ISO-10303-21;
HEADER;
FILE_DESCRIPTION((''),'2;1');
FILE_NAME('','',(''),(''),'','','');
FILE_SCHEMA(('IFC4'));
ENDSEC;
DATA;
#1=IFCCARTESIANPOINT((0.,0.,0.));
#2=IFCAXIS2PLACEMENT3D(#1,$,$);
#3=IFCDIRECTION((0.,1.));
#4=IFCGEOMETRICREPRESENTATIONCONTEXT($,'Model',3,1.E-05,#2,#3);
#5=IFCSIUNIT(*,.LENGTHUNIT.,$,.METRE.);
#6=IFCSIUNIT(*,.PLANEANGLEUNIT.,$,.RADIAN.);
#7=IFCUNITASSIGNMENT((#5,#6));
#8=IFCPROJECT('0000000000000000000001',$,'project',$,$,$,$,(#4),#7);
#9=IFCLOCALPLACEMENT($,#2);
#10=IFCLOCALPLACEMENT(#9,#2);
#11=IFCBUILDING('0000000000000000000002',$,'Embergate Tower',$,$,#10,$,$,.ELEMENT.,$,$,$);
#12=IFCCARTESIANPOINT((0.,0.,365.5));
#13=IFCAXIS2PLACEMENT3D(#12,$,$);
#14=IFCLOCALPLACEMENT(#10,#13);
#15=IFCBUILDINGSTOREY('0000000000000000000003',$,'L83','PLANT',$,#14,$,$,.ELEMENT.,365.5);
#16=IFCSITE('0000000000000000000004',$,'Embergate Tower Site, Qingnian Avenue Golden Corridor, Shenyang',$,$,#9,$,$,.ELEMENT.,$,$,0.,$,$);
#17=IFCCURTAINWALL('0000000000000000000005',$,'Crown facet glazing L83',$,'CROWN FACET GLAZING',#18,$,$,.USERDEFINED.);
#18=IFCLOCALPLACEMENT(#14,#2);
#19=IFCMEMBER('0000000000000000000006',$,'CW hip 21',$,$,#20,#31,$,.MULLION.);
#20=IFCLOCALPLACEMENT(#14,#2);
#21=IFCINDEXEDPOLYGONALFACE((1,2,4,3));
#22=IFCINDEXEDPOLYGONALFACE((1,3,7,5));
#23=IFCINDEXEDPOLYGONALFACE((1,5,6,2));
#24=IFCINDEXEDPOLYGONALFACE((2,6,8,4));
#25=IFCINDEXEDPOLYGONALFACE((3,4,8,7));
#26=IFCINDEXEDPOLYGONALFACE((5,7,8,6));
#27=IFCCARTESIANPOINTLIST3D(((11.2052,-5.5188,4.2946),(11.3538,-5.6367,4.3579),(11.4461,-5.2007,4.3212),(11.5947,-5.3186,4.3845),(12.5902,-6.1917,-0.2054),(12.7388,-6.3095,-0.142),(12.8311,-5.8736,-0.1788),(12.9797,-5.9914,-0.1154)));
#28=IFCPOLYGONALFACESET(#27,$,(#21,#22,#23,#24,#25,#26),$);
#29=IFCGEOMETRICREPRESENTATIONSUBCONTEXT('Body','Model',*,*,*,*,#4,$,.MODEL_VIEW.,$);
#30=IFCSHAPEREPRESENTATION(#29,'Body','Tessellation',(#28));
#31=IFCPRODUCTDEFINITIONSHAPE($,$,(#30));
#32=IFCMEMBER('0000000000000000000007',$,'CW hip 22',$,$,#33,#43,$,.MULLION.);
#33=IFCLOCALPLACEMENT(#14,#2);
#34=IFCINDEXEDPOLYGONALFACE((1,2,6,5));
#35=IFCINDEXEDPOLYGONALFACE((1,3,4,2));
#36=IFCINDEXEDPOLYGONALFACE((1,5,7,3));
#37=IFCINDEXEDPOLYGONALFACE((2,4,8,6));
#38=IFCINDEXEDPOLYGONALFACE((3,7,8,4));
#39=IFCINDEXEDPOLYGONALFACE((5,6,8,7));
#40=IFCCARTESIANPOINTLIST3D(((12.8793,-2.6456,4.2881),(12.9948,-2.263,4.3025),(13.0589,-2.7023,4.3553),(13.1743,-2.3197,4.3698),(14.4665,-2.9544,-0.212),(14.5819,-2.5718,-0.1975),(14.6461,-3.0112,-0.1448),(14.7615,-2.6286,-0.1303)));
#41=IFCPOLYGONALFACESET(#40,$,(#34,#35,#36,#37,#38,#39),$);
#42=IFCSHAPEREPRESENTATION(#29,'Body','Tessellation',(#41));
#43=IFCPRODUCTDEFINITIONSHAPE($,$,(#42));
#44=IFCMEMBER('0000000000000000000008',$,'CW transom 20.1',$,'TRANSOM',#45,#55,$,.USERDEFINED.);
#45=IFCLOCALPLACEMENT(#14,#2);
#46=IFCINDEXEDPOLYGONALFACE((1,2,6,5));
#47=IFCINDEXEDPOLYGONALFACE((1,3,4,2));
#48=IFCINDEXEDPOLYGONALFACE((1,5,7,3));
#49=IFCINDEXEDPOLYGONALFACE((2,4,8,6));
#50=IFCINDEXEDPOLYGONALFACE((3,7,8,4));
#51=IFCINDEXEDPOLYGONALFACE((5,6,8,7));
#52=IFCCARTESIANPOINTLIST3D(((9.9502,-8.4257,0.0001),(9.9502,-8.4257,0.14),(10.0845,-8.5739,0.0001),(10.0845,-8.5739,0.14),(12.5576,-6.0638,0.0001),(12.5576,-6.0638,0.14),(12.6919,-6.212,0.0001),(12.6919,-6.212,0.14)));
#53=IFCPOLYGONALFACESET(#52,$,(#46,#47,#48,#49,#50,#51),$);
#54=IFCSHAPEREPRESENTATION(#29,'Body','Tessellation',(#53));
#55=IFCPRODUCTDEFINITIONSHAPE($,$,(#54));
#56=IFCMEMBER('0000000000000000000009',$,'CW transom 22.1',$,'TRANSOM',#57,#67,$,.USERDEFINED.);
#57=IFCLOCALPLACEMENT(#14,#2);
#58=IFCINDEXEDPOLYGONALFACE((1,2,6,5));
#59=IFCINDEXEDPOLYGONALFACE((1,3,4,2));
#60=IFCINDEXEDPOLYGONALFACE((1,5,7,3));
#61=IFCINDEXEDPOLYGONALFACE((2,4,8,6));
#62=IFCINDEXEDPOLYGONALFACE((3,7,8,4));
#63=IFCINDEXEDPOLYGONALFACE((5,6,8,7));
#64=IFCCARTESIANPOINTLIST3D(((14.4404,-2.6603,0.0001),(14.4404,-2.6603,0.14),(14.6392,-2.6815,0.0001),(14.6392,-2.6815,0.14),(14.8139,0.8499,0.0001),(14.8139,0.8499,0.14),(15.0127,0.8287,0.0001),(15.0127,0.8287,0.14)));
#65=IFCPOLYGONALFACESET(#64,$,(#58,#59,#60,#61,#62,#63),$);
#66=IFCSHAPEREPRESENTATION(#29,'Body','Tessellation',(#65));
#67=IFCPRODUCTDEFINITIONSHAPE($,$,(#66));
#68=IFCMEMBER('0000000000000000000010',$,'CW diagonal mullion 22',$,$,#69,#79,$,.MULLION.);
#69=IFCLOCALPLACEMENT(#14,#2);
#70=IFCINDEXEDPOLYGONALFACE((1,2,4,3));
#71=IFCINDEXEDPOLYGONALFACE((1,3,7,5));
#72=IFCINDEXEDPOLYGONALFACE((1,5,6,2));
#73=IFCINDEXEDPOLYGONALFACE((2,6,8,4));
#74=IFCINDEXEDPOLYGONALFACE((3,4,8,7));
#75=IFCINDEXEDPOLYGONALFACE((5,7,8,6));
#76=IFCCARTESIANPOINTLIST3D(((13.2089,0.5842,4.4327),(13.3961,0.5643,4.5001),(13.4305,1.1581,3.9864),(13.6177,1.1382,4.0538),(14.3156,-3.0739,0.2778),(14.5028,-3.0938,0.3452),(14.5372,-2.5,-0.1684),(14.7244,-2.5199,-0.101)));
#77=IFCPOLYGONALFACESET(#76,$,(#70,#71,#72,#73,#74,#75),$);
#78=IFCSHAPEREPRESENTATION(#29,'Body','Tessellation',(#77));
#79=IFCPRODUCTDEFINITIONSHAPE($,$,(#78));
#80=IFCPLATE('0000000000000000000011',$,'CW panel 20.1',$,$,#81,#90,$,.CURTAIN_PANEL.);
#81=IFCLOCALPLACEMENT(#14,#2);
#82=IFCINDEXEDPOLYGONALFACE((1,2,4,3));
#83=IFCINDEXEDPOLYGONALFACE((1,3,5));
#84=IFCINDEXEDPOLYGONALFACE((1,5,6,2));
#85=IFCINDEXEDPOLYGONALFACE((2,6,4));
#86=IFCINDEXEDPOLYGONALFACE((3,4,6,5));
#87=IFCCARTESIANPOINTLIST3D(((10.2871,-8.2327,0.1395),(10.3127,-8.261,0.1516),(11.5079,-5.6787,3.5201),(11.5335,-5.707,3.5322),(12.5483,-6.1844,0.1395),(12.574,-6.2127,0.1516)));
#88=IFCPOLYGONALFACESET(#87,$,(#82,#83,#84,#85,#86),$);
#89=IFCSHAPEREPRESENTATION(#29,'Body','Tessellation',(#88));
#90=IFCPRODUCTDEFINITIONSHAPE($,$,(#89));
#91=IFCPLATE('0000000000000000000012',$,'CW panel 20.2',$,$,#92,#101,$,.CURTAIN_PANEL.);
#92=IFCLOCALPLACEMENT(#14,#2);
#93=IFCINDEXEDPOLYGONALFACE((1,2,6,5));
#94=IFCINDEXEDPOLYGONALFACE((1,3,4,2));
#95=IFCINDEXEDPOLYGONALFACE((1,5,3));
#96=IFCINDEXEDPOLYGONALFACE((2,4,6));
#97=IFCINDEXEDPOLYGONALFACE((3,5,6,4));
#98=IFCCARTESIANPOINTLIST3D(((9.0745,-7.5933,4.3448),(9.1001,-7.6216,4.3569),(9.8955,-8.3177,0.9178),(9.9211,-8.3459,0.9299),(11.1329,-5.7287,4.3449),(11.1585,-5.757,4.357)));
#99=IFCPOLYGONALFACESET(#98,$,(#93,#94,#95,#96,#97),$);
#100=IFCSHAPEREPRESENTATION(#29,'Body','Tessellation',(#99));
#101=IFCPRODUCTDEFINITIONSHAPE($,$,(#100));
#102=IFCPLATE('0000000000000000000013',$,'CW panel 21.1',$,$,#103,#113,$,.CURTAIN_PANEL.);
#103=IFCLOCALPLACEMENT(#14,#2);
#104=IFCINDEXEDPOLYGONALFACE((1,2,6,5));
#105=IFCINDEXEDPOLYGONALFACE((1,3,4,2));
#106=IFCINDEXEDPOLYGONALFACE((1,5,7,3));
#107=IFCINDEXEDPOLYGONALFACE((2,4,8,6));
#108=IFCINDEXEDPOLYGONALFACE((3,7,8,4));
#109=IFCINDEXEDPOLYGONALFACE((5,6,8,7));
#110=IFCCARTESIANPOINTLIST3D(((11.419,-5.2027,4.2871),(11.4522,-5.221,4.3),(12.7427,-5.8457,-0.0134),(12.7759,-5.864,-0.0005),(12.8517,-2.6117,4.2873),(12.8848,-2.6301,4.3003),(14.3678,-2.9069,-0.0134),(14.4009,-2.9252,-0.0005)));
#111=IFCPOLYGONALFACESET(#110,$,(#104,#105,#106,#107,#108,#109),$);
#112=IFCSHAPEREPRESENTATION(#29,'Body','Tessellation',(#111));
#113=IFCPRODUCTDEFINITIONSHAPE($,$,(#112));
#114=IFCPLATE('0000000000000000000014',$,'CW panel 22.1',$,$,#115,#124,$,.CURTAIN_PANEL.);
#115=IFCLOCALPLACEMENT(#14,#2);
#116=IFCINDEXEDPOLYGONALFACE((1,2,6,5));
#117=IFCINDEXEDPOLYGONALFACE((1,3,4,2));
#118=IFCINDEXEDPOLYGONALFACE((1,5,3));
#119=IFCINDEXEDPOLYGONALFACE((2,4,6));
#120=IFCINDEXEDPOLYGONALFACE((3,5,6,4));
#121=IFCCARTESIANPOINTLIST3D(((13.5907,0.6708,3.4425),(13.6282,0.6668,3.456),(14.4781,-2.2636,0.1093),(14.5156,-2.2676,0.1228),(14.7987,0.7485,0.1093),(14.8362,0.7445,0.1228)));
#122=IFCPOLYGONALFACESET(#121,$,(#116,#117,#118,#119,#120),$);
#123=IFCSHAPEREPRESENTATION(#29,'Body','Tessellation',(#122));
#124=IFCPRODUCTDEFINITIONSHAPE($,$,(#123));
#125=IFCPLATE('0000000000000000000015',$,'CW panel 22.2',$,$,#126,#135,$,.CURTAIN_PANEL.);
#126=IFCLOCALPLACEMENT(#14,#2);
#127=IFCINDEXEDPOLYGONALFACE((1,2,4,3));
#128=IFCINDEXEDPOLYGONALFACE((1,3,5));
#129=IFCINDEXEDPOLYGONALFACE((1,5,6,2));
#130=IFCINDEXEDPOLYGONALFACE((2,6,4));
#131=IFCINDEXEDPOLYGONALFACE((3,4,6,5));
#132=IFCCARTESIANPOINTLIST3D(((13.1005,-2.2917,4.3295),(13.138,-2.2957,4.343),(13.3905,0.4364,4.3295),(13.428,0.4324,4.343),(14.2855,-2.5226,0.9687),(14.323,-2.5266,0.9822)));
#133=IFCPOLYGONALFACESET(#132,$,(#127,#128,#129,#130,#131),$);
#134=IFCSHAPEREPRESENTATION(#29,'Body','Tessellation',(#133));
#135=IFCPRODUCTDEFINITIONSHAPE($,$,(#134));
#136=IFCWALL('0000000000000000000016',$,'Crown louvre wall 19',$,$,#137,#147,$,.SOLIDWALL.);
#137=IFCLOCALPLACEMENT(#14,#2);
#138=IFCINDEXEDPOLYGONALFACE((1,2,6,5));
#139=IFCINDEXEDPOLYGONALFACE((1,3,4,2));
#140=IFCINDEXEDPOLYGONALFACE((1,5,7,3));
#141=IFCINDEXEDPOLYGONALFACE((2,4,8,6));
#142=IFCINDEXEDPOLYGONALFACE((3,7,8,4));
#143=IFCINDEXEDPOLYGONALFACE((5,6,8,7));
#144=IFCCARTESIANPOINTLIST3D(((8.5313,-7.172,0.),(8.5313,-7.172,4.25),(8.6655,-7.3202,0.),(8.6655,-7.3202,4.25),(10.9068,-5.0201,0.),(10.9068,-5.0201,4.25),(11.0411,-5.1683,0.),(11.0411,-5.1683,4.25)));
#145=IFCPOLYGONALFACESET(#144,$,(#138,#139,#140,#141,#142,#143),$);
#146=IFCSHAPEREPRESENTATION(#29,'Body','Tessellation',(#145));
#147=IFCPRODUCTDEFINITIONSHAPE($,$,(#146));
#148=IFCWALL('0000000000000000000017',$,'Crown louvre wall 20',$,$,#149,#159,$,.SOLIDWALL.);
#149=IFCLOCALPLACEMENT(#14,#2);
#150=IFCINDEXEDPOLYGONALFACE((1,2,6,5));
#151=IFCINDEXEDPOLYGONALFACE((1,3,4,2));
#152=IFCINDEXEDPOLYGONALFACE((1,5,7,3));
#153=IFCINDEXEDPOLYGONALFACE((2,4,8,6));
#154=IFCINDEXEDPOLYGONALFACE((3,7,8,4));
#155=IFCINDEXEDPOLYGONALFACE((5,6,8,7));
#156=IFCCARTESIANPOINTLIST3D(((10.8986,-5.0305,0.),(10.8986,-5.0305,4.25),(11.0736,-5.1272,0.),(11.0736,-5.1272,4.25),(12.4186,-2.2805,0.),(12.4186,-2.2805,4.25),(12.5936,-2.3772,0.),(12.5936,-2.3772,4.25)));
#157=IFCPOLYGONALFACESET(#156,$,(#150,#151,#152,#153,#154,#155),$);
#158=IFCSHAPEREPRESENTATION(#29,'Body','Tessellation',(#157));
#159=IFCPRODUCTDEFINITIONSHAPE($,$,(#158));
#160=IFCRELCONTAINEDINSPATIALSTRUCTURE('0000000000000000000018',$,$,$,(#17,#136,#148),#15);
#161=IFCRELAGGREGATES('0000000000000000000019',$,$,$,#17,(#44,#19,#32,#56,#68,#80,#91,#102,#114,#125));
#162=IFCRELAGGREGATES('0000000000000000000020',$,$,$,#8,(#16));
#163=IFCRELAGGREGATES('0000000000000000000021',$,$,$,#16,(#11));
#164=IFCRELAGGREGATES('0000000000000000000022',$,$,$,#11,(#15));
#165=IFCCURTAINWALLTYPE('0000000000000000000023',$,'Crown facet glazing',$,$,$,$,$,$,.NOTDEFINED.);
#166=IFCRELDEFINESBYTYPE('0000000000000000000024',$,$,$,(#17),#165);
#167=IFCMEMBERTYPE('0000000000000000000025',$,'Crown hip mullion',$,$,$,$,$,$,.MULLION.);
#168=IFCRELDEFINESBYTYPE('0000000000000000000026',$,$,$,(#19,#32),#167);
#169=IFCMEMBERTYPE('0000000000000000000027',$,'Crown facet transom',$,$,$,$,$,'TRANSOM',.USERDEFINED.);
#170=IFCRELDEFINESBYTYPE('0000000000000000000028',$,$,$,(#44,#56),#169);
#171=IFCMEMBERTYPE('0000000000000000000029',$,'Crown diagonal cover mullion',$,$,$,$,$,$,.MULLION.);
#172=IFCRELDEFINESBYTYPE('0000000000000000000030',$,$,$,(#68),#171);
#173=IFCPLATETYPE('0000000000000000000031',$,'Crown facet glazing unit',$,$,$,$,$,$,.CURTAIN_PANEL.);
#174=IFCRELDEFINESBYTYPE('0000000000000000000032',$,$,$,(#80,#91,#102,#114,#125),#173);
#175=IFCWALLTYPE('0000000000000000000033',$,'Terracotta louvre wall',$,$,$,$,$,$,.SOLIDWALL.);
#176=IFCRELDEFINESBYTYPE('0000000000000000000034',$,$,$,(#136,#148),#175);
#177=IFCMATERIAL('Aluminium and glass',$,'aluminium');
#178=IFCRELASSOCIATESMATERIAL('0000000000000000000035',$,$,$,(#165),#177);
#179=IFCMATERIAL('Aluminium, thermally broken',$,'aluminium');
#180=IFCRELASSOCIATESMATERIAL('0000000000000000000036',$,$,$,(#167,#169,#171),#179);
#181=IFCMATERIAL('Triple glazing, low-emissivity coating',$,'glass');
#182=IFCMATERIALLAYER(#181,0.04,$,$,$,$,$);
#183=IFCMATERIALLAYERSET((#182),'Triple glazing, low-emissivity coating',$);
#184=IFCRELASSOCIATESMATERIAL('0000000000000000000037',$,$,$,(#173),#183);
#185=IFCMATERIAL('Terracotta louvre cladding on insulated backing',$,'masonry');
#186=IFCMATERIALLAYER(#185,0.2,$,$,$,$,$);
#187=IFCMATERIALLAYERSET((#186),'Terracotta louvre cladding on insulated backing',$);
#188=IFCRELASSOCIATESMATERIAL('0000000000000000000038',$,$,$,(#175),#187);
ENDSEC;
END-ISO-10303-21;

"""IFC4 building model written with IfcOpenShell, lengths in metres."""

from ifc_helpers import new_model, si_unit, direction, frame, frame_2d, origin, origin_2d, place, context, subcontext, project, spatial, polyline, rectangle, outline, extrude, source, transform, mapped, material, layer, layer_set, material_profile, profile_set, type_object, element, aggregate, save


model = new_model("IFC4")

# Units and contexts
model_context = context("Model", 3, precision=1e-05, world=origin(), true_north=direction((0.0, 1.0)))
body_context = subcontext(model_context, "Body", "Model", "MODEL_VIEW")
ifc_project = project(units=[si_unit("LENGTHUNIT", "METRE"), si_unit("PLANEANGLEUNIT", "RADIAN")], contexts=[model_context])

# Site, building, storey
site_placement = place(None, origin())
site = spatial("IfcSite", under=ifc_project, at=site_placement, Name="Embergate Tower Site, Qingnian Avenue Golden Corridor, Shenyang", CompositionType="ELEMENT", RefElevation=0.0)
building_placement = place(site_placement, origin())
building = spatial("IfcBuilding", under=site, at=building_placement, Name="Embergate Tower", CompositionType="ELEMENT")
storey_placement = place(building_placement, frame((0.0, 0.0, 365.5)))
storey = spatial("IfcBuildingStorey", under=building, at=storey_placement, Name="L83", Description="PLANT", CompositionType="ELEMENT", Elevation=365.5)

# Curtain wall, members, plates
ifc_material_1 = material(Name="Aluminium and glass", Category="aluminium")
curtain_wall_type = type_object("IfcCurtainWallType", Name="Crown facet glazing", PredefinedType="NOTDEFINED", material=ifc_material_1)
curtain_wall_placement = place(storey_placement, origin())
curtain_wall = element("IfcCurtainWall", 1, at=curtain_wall_placement, inside=storey, type_object=curtain_wall_type, Name="Crown facet glazing L83", ObjectType="CROWN FACET GLAZING", PredefinedType="USERDEFINED")
ifc_material_2 = material(Name="Aluminium, thermally broken", Category="aluminium")
ifc_material_profile_1 = material_profile(ifc_material_2, rectangle(XDim=0.2, YDim=0.3999, at=origin_2d()), Name="AL 400x200")
ifc_profile_set_1 = profile_set([ifc_material_profile_1], Name="Aluminium, thermally broken")
member_type_1 = type_object("IfcMemberType", Name="Crown hip mullion", PredefinedType="MULLION", material=ifc_profile_set_1)
shared_shape_1 = source(origin(), body_context, "Body", "SweptSolid", [
    extrude(rectangle(XDim=0.2, YDim=0.3999, at=origin_2d()), origin(), (0.0, 0.0, 1.0), 4.7561),
])
member_1_placement = place(storey_placement, frame((12.7849, -6.0916, -0.1604), z_axis=(-0.291204, 0.14147, 0.946143), x_axis=(0.743159, -0.58934, 0.316849)))
member_1 = element("IfcMember", 2, at=member_1_placement, type_object=member_type_1, Name="CW hip 21", PredefinedType="MULLION", context=body_context, shape_type="MappedRepresentation", body=[
    mapped(shared_shape_1, transform((0.0, 0.0, 0.0))),
])
shared_shape_2 = source(origin(), body_context, "Body", "SweptSolid", [
    extrude(rectangle(XDim=0.2, YDim=0.3999, at=origin_2d()), origin(), (0.0, 0.0, 1.0), 4.7817),
])
member_2_placement = place(storey_placement, frame((14.614, -2.7915, -0.1711), z_axis=(-0.331925, 0.064588, 0.941092), x_axis=(0.898052, -0.283661, 0.336212)))
member_2 = element("IfcMember", 3, at=member_2_placement, type_object=member_type_1, Name="CW hip 22", PredefinedType="MULLION", context=body_context, shape_type="MappedRepresentation", body=[
    mapped(shared_shape_2, transform((0.0, 0.0, 0.0))),
])
ifc_material_profile_2 = material_profile(ifc_material_2, rectangle(XDim=0.2, YDim=0.1399, at=origin_2d()), Name="AL 140x200")
ifc_profile_set_2 = profile_set([ifc_material_profile_2], Name="Aluminium, thermally broken")
member_type_2 = type_object("IfcMemberType", Name="Crown facet transom", ElementType="TRANSOM", PredefinedType="USERDEFINED", material=ifc_profile_set_2)
shared_shape_3 = source(origin(), body_context, "Body", "SweptSolid", [
    extrude(rectangle(XDim=0.2, YDim=0.1399, at=origin_2d()), origin(), (0.0, 0.0, 1.0), 3.5181),
])
member_3_placement = place(storey_placement, frame((10.0173, -8.4998, 0.0701), z_axis=(0.741151, 0.671338, 0.0), x_axis=(-0.671338, 0.741151, 0.0)))
member_3 = element("IfcMember", 4, at=member_3_placement, type_object=member_type_2, Name="CW transom 20.1", ObjectType="TRANSOM", PredefinedType="USERDEFINED", context=body_context, shape_type="MappedRepresentation", body=[
    mapped(shared_shape_3, transform((0.0, 0.0, 0.0))),
])
shared_shape_4 = source(origin(), body_context, "Body", "SweptSolid", [
    extrude(rectangle(XDim=0.2, YDim=0.1399, at=origin_2d()), origin(), (0.0, 0.0, 1.0), 3.53),
])
member_4_placement = place(storey_placement, frame((14.5398, -2.6709, 0.0701), z_axis=(0.105815, 0.994386, 0.0), x_axis=(-0.994386, 0.105815, 0.0)))
member_4 = element("IfcMember", 5, at=member_4_placement, type_object=member_type_2, Name="CW transom 22.1", ObjectType="TRANSOM", PredefinedType="USERDEFINED", context=body_context, shape_type="MappedRepresentation", body=[
    mapped(shared_shape_4, transform((0.0, 0.0, 0.0))),
])
ifc_material_profile_3 = material_profile(ifc_material_2, rectangle(XDim=0.2, YDim=0.76, at=origin_2d()), Name="AL 760x200")
ifc_profile_set_3 = profile_set([ifc_material_profile_3], Name="Aluminium, thermally broken")
member_type_3 = type_object("IfcMemberType", Name="Crown diagonal cover mullion", PredefinedType="MULLION", material=ifc_profile_set_3)
shared_shape_5 = source(origin(), body_context, "Body", "SweptSolid", [
    extrude(rectangle(XDim=0.2, YDim=0.76, at=origin_2d()), origin(), (0.0, 0.0, 1.0), 5.6453),
])
member_5_placement = place(storey_placement, frame((14.52, -2.7969, 0.0884), z_axis=(-0.196043, 0.647983, 0.735993), x_axis=(0.936223, -0.09954, 0.337014)))
member_5 = element("IfcMember", 6, at=member_5_placement, type_object=member_type_3, Name="CW diagonal mullion 22", PredefinedType="MULLION", context=body_context, shape_type="MappedRepresentation", body=[
    mapped(shared_shape_5, transform((0.0, 0.0, 0.0))),
])
ifc_material_3 = material(Name="Triple glazing, low-emissivity coating", Category="glass")
ifc_layer_1 = layer(ifc_material_3, 0.04)
ifc_layer_set_1 = layer_set([ifc_layer_1], Name="Triple glazing, low-emissivity coating")
plate_type = type_object("IfcPlateType", Name="Crown facet glazing unit", PredefinedType="CURTAIN_PANEL", material=ifc_layer_set_1)
shared_shape_6 = source(origin(), body_context, "Body", "SweptSolid", [
    extrude(outline(polyline([(0.0, 0.0), (3.051, 0.0), (2.6194, 3.5469), (0.0, 0.0)])), origin(), (0.0, 0.0, -1.0), 0.04),
])
plate_1_placement = place(storey_placement, frame((10.3127, -8.261, 0.1516), z_axis=(0.639882, -0.706388, 0.3026), x_axis=(0.741134, 0.671357, 0.0)))
plate_1 = element("IfcPlate", 7, at=plate_1_placement, type_object=plate_type, Name="CW panel 20.1", PredefinedType="CURTAIN_PANEL", context=body_context, shape_type="MappedRepresentation", body=[
    mapped(shared_shape_6, transform((0.0, 0.0, 0.0))),
])
shared_shape_7 = source(origin(), body_context, "Body", "SweptSolid", [
    extrude(outline(polyline([(0.0, 0.0), (4.4697, 0.0), (2.8198, 2.2341), (0.0, 0.0)])), origin(), (0.0, 0.0, -1.0), 0.04),
])
plate_2_placement = place(storey_placement, frame((9.9211, -8.3459, 0.9299), z_axis=(0.639869, -0.706395, 0.302611), x_axis=(0.276826, 0.579214, 0.766732)))
plate_2 = element("IfcPlate", 8, at=plate_2_placement, type_object=plate_type, Name="CW panel 20.2", PredefinedType="CURTAIN_PANEL", context=body_context, shape_type="MappedRepresentation", body=[
    mapped(shared_shape_7, transform((0.0, 0.0, 0.0))),
])
shared_shape_8 = source(origin(), body_context, "Body", "SweptSolid", [
    extrude(outline(polyline([(0.0, 0.0), (3.3582, 0.0), (2.8828, 4.5449), (-0.0779, 4.5447), (0.0, 0.0)])), origin(), (0.0, 0.0, -1.0), 0.04),
])
plate_3_placement = place(storey_placement, frame((12.7759, -5.864, -0.0005), z_axis=(0.828099, -0.45792, 0.323358), x_axis=(0.483917, 0.875114, 0.000004)))
plate_3 = element("IfcPlate", 9, at=plate_3_placement, type_object=plate_type, Name="CW panel 21.1", PredefinedType="CURTAIN_PANEL", context=body_context, shape_type="MappedRepresentation", body=[
    mapped(shared_shape_8, transform((0.0, 0.0, 0.0))),
])
shared_shape_9 = source(origin(), body_context, "Body", "SweptSolid", [
    extrude(outline(polyline([(0.0, 0.0), (3.0291, 0.0), (2.824, 3.5403), (0.0, 0.0)])), origin(), (0.0, 0.0, -1.0), 0.04),
])
plate_4_placement = place(storey_placement, frame((14.5156, -2.2676, 0.1228), z_axis=(0.936225, -0.09964, 0.336978), x_axis=(0.10583, 0.994384, 0.0)))
plate_4 = element("IfcPlate", 10, at=plate_4_placement, type_object=plate_type, Name="CW panel 22.1", PredefinedType="CURTAIN_PANEL", context=body_context, shape_type="MappedRepresentation", body=[
    mapped(shared_shape_9, transform((0.0, 0.0, 0.0))),
])
shared_shape_10 = source(origin(), body_context, "Body", "SweptSolid", [
    extrude(outline(polyline([(0.0, 0.0), (4.5664, 0.0), (2.8555, 2.1445), (0.0, 0.0)])), origin(), (0.0, 0.0, -1.0), 0.04),
])
plate_5_placement = place(storey_placement, frame((14.323, -2.5266, 0.9822), z_axis=(0.93624, -0.099539, 0.336966), x_axis=(-0.196002, 0.647992, 0.735995)))
plate_5 = element("IfcPlate", 11, at=plate_5_placement, type_object=plate_type, Name="CW panel 22.2", PredefinedType="CURTAIN_PANEL", context=body_context, shape_type="MappedRepresentation", body=[
    mapped(shared_shape_10, transform((0.0, 0.0, 0.0))),
])
aggregate(curtain_wall, [member_3, member_1, member_2, member_4, member_5, plate_1, plate_2, plate_3, plate_4, plate_5])

# Walls
ifc_material_4 = material(Name="Terracotta louvre cladding on insulated backing", Category="masonry")
ifc_layer_2 = layer(ifc_material_4, 0.2)
ifc_layer_set_2 = layer_set([ifc_layer_2], Name="Terracotta louvre cladding on insulated backing")
wall_type = type_object("IfcWallType", Name="Terracotta louvre wall", PredefinedType="SOLIDWALL", material=ifc_layer_set_2)
shared_shape_11 = source(origin(), body_context, "Body", "SweptSolid", [
    extrude(rectangle(XDim=3.2053, YDim=0.2, at=frame_2d((1.6025, 0.0))), origin(), (0.0, 0.0, 1.0), 4.25),
])
wall_1_placement = place(storey_placement, frame((10.9739, -5.0942, 0.0), z_axis=(0.0, 0.0, 1.0), x_axis=(-0.741131, -0.67136, 0.0)))
element("IfcWall", 12, at=wall_1_placement, inside=storey, type_object=wall_type, Name="Crown louvre wall 19", PredefinedType="SOLIDWALL", context=body_context, shape_type="MappedRepresentation", body=[
    mapped(shared_shape_11, transform((0.0, 0.0, 0.0))),
])
shared_shape_12 = source(origin(), body_context, "Body", "SweptSolid", [
    extrude(rectangle(XDim=3.1421, YDim=0.2, at=frame_2d((1.571, 0.0))), origin(), (0.0, 0.0, 1.0), 4.25),
])
wall_2_placement = place(storey_placement, frame((12.5061, -2.3289, 0.0), z_axis=(0.0, 0.0, 1.0), x_axis=(-0.483755, -0.875203, 0.0)))
element("IfcWall", 13, at=wall_2_placement, inside=storey, type_object=wall_type, Name="Crown louvre wall 20", PredefinedType="SOLIDWALL", context=body_context, shape_type="MappedRepresentation", body=[
    mapped(shared_shape_12, transform((0.0, 0.0, 0.0))),
])

save(model, "model.ifc")
